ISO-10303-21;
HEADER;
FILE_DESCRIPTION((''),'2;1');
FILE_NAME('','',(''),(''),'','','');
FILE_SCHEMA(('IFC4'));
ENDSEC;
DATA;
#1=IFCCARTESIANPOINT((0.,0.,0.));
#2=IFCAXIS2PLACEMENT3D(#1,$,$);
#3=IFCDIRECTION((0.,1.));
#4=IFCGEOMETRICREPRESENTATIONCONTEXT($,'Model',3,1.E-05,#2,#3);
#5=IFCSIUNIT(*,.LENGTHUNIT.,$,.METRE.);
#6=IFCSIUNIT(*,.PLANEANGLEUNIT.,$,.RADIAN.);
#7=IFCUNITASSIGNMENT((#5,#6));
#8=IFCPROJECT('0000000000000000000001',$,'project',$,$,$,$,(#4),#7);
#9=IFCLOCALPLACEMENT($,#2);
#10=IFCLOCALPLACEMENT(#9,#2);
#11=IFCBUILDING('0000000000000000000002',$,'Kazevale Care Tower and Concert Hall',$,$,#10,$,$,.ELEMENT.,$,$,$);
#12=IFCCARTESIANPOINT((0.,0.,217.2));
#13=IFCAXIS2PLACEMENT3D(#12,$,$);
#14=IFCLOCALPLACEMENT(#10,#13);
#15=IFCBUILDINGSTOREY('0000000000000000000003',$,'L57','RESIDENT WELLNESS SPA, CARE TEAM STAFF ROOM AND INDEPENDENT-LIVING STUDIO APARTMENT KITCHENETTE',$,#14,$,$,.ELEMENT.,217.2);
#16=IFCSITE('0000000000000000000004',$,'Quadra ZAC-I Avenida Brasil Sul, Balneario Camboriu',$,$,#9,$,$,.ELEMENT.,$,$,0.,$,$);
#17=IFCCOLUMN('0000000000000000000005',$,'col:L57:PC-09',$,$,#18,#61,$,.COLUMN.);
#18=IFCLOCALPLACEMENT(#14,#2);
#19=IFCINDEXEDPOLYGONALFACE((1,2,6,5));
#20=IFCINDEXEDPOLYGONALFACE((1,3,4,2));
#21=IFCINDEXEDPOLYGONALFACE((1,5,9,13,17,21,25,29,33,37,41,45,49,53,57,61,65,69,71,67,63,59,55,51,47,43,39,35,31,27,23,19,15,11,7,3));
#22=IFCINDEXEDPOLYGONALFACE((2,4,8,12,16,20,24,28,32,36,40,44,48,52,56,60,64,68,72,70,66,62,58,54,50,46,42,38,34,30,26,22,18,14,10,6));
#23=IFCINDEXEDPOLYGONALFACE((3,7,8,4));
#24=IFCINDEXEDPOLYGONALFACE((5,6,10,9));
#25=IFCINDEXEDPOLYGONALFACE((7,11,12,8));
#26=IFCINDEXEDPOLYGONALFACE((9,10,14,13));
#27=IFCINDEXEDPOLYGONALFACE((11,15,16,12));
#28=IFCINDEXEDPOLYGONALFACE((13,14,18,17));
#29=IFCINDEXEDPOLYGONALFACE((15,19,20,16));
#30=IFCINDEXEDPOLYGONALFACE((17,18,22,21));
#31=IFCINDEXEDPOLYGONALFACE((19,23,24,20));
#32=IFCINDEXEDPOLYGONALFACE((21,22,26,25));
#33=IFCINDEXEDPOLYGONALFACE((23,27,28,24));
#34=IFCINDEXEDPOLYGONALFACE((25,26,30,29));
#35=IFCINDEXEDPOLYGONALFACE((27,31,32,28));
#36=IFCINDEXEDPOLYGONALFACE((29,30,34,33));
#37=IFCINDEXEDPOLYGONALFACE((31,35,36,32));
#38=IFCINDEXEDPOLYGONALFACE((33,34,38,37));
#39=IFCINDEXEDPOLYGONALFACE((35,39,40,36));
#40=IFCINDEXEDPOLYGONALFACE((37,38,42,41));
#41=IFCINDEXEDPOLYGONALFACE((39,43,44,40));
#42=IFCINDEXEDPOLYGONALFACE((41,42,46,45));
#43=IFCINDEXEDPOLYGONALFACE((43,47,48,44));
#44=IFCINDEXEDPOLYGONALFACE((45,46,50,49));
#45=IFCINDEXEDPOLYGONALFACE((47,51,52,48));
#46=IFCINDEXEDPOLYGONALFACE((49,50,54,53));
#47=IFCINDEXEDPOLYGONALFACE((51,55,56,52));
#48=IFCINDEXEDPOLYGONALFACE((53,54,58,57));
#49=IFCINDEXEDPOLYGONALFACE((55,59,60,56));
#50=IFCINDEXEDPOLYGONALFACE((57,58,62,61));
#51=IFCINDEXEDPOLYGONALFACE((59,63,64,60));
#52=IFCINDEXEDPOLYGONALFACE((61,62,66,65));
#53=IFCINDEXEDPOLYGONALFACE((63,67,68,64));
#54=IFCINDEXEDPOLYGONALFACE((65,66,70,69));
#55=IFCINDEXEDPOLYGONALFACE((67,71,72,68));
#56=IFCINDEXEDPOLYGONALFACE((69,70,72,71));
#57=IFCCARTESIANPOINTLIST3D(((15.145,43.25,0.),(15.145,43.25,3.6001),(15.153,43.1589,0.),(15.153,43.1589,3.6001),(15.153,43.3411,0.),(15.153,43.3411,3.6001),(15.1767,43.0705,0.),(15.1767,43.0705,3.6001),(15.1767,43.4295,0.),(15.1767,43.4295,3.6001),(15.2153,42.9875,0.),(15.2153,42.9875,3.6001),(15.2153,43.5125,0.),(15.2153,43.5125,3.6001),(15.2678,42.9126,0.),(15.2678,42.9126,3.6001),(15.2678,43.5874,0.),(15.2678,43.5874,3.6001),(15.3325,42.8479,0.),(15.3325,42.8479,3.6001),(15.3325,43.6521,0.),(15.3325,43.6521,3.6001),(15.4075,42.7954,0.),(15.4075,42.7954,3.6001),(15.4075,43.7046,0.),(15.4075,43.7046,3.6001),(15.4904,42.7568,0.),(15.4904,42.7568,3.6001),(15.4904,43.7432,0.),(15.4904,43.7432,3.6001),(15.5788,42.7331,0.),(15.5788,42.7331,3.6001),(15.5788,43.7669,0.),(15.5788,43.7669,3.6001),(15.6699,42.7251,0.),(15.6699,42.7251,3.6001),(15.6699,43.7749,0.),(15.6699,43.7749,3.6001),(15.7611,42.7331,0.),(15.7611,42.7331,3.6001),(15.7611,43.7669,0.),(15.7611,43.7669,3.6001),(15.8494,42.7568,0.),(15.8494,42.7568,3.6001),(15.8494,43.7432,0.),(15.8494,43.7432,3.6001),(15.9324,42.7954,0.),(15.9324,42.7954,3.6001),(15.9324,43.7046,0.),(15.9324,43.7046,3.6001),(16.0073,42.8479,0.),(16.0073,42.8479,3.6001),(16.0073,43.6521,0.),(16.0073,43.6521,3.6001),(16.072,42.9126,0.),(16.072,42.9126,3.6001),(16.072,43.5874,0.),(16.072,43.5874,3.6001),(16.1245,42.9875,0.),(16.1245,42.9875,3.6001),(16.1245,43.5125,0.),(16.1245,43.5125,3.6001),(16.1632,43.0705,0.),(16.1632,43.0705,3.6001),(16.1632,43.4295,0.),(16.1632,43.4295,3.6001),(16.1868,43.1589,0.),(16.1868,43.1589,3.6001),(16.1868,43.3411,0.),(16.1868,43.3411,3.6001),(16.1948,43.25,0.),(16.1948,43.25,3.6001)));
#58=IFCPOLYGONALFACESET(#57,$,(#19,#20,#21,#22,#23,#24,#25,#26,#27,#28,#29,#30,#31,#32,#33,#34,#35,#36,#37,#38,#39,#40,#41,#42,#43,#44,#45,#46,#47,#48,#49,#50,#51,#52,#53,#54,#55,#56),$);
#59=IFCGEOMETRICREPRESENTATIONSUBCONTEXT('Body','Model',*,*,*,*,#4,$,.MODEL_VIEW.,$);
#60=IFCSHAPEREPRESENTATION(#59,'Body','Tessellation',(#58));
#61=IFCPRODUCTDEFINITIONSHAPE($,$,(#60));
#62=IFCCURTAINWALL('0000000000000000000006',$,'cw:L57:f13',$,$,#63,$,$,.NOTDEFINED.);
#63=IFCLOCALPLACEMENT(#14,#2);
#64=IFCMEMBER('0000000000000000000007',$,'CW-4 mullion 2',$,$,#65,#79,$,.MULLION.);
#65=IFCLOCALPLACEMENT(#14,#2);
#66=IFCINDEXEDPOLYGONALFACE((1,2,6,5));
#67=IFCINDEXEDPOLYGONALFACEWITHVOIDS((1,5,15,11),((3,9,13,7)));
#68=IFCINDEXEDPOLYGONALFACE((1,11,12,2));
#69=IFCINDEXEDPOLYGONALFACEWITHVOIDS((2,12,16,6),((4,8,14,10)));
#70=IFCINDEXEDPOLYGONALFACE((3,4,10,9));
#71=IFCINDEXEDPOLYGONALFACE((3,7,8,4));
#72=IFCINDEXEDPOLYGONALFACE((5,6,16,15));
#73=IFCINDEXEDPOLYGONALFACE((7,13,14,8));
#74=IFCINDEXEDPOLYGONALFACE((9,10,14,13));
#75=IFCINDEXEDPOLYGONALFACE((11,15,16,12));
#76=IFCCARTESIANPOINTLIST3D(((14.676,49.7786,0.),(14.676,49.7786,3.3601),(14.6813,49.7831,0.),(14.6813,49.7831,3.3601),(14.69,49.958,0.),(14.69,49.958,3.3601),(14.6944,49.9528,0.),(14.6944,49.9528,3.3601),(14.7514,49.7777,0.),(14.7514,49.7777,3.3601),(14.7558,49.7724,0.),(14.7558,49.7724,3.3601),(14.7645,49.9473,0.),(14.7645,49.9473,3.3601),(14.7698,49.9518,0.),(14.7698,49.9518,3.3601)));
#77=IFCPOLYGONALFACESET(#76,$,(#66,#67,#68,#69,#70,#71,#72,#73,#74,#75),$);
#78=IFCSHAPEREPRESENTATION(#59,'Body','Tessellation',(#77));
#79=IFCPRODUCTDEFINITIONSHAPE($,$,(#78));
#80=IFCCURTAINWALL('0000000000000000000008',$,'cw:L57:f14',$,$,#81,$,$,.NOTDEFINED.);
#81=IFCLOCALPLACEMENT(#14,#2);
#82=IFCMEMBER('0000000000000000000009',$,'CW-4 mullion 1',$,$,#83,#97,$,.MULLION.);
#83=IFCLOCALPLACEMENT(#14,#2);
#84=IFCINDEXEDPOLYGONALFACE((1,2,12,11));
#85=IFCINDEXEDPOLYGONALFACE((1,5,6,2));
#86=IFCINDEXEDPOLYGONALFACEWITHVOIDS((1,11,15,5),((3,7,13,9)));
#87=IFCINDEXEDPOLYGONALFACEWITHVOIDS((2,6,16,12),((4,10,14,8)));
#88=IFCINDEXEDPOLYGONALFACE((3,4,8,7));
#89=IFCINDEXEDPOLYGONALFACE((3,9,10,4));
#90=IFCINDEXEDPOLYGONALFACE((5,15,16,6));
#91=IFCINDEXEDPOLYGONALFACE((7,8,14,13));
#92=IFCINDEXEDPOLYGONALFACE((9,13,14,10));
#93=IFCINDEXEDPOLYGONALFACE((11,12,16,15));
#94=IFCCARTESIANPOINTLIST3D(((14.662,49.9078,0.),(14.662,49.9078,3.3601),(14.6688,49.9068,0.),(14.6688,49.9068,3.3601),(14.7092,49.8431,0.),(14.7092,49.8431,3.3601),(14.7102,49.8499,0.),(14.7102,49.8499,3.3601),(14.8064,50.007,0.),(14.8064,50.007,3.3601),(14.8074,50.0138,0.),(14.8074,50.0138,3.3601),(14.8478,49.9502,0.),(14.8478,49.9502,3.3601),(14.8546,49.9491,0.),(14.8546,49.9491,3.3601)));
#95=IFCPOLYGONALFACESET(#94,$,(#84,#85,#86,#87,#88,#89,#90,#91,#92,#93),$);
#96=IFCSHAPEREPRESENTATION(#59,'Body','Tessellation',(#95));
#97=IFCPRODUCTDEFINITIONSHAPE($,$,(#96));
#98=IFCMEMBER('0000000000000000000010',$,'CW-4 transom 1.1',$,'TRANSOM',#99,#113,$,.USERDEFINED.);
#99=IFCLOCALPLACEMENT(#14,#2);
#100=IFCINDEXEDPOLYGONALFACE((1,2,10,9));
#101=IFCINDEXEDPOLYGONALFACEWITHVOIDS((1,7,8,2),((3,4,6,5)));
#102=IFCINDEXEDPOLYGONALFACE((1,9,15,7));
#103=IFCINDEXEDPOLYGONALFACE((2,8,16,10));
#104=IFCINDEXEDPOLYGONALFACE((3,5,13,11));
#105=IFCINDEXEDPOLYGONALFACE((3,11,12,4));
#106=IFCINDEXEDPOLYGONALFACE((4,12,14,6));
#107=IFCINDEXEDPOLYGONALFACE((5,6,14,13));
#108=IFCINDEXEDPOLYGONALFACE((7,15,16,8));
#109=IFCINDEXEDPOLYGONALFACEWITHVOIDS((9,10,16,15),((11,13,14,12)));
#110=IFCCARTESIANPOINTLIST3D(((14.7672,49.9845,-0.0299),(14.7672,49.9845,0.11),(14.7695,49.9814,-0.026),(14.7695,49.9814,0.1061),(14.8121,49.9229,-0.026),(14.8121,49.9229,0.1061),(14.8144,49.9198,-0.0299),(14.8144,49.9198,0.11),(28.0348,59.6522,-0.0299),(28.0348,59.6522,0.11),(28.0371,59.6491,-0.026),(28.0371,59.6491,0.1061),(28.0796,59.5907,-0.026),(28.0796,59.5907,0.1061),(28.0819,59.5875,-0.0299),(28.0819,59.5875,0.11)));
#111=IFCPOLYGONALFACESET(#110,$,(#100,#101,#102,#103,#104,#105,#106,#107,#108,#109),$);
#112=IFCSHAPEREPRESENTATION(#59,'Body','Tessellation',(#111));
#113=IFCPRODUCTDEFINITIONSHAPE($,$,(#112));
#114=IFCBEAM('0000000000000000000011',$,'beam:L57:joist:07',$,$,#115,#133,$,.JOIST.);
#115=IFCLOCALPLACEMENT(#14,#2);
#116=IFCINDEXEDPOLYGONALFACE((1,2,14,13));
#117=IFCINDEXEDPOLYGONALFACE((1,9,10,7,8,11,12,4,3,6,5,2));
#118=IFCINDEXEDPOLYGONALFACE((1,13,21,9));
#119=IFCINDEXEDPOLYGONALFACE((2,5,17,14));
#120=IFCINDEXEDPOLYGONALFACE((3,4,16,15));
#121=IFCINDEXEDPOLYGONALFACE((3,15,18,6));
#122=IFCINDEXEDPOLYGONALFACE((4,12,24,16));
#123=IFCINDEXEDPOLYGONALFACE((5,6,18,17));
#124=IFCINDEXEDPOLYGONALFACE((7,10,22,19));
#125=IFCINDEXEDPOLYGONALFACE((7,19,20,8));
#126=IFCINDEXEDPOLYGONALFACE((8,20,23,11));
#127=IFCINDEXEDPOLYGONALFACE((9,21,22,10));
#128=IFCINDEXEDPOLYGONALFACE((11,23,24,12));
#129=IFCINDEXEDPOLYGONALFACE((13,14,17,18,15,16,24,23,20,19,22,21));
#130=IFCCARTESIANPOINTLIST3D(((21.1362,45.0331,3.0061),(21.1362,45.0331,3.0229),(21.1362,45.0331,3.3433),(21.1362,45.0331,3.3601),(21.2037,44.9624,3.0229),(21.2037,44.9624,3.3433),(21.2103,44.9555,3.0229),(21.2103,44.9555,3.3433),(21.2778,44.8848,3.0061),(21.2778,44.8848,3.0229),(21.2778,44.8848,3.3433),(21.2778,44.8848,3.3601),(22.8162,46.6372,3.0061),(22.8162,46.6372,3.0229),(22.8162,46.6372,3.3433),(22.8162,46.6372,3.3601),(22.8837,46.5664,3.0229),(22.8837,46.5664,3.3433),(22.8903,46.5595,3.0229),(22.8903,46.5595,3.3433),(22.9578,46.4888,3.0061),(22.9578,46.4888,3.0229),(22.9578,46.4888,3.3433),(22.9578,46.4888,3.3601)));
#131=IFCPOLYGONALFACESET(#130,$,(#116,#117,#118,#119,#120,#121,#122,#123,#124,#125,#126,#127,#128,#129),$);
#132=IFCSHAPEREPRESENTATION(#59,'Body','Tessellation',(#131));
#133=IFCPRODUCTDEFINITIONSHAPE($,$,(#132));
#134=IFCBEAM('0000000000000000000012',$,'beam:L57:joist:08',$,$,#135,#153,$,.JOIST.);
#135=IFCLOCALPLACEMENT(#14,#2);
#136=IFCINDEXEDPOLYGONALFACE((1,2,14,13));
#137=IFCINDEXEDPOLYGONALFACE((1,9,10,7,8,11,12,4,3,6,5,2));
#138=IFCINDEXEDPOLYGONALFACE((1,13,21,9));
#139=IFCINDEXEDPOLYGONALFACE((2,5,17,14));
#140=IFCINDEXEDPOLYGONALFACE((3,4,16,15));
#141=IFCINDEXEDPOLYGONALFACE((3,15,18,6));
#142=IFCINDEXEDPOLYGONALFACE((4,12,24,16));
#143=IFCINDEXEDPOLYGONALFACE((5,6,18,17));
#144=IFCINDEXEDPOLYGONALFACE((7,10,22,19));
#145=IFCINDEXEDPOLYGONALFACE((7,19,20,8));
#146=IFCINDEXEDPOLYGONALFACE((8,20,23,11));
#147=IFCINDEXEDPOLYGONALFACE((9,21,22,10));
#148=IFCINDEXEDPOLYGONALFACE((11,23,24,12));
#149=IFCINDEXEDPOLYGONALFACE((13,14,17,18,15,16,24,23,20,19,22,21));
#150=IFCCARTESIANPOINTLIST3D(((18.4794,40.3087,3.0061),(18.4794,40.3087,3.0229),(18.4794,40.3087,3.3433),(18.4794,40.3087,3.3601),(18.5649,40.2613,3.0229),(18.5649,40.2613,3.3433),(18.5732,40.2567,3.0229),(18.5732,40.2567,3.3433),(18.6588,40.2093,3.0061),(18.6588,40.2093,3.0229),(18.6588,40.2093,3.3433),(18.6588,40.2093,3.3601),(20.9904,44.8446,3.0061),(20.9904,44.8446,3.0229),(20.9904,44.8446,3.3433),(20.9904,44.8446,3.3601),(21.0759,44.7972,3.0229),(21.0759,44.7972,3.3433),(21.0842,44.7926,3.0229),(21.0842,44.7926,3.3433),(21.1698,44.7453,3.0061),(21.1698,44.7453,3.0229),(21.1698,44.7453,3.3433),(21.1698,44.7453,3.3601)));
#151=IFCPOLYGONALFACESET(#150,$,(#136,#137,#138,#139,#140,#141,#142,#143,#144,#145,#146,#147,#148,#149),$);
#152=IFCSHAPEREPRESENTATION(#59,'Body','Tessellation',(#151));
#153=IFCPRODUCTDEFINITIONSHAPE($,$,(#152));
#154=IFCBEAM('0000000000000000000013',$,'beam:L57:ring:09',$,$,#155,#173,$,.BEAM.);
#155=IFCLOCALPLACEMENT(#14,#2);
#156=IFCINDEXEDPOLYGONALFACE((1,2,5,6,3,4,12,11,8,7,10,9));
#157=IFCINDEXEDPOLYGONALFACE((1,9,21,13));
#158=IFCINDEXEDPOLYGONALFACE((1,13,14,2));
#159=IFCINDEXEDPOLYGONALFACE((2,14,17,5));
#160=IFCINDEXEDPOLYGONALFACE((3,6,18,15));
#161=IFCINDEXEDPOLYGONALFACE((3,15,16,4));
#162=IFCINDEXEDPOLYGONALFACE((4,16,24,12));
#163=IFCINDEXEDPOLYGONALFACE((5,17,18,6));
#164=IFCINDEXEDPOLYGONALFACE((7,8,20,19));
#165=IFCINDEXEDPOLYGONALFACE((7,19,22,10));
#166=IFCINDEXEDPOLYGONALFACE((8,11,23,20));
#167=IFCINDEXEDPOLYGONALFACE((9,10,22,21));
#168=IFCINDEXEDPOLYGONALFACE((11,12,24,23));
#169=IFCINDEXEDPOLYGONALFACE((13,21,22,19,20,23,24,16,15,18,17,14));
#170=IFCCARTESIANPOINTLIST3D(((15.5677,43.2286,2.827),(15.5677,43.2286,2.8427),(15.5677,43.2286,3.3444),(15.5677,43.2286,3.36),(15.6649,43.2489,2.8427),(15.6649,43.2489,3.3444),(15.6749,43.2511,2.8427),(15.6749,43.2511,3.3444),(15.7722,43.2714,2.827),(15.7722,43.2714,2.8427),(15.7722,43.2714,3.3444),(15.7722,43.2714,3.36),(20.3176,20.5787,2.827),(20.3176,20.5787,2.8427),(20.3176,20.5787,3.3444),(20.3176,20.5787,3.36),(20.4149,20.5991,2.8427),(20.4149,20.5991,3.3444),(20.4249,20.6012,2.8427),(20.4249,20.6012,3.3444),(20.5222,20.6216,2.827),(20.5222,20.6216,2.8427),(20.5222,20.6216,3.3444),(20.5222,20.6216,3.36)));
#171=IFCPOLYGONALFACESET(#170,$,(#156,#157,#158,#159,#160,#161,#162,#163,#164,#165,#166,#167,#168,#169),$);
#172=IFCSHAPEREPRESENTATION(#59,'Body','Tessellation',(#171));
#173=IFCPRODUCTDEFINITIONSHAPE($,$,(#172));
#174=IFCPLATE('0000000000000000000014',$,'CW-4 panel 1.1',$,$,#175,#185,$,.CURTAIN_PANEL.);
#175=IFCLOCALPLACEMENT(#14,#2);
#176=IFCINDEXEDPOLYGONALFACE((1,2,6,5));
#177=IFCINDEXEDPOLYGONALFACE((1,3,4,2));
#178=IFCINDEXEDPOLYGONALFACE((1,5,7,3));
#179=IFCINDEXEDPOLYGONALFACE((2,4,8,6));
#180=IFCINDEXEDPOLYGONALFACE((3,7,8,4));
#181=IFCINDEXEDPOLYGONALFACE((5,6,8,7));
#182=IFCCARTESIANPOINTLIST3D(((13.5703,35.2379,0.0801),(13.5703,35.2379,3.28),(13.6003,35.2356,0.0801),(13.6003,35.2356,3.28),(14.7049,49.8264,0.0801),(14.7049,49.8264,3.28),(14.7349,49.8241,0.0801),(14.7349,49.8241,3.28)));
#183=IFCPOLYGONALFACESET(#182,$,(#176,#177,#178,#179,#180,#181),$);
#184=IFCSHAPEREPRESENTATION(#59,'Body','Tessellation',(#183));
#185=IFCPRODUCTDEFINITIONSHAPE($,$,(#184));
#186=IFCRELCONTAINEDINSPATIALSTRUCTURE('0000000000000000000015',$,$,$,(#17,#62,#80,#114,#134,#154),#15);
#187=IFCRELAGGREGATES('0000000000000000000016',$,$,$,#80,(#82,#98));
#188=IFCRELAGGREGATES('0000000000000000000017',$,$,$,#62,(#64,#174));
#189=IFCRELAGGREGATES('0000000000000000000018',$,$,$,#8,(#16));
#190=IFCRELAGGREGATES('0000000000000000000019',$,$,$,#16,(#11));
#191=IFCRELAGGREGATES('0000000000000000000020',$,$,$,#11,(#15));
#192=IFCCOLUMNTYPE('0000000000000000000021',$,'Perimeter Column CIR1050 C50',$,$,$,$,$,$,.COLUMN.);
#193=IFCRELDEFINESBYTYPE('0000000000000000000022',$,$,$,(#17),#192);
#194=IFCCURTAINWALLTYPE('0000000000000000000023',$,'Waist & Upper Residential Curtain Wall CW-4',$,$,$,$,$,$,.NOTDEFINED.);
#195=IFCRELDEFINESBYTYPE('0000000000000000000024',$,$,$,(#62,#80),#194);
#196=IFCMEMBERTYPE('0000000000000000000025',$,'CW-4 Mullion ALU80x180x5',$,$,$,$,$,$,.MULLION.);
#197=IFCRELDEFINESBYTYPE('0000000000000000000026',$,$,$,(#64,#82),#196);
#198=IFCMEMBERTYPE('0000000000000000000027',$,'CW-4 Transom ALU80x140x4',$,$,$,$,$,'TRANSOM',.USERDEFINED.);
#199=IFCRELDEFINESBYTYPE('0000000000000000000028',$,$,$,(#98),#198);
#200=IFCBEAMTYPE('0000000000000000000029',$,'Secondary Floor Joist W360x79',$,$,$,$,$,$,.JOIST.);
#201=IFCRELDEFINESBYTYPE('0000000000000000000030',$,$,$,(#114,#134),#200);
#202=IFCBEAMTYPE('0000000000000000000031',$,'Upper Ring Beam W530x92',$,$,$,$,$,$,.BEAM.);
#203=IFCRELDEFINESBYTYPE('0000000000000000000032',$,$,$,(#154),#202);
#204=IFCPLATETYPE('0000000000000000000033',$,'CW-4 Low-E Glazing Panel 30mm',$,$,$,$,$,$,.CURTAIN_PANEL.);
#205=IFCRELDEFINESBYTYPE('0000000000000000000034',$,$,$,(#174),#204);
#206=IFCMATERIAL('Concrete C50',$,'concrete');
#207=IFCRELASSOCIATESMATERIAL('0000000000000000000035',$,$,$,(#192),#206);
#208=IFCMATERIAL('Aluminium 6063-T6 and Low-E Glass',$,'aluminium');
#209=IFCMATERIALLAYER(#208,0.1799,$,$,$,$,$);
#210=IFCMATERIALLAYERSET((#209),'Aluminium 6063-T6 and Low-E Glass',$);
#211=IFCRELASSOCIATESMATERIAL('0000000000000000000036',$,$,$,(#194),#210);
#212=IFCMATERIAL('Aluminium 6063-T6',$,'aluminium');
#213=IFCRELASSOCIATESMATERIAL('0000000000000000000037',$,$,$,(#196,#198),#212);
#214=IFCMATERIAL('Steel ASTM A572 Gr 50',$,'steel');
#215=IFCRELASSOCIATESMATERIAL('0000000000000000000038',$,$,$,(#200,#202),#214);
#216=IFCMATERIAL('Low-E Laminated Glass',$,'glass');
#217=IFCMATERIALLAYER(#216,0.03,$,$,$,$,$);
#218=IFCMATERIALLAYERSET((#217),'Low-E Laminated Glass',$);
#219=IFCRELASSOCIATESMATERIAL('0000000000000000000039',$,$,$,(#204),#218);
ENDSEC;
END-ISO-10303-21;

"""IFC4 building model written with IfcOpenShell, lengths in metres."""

from ifc_helpers import new_model, si_unit, direction, frame, origin, origin_2d, place, context, subcontext, project, spatial, rectangle, hollow_rectangle, circle, i_section, extrude, material, layer, layer_set, material_profile, profile_set, type_object, element, aggregate, save


model = new_model("IFC4")

# Units and contexts
model_context = context("Model", 3, precision=1e-05, world=origin(), true_north=direction((0.0, 1.0)))
body_context = subcontext(model_context, "Body", "Model", "MODEL_VIEW")
ifc_project = project(units=[si_unit("LENGTHUNIT", "METRE"), si_unit("PLANEANGLEUNIT", "RADIAN")], contexts=[model_context])

# Site, building, storey
site_placement = place(None, origin())
site = spatial("IfcSite", under=ifc_project, at=site_placement, Name="Quadra ZAC-I Avenida Brasil Sul, Balneario Camboriu", CompositionType="ELEMENT", RefElevation=0.0)
building_placement = place(site_placement, origin())
building = spatial("IfcBuilding", under=site, at=building_placement, Name="Kazevale Care Tower and Concert Hall", CompositionType="ELEMENT")
storey_placement = place(building_placement, frame((0.0, 0.0, 217.2)))
storey = spatial("IfcBuildingStorey", under=building, at=storey_placement, Name="L57", Description="RESIDENT WELLNESS SPA, CARE TEAM STAFF ROOM AND INDEPENDENT-LIVING STUDIO APARTMENT KITCHENETTE", CompositionType="ELEMENT", Elevation=217.2)

# Column
ifc_material_1 = material(Name="Concrete C50", Category="concrete")
ifc_material_profile_1 = material_profile(ifc_material_1, circle(Radius=0.5249, at=origin_2d()), Name="RC-CIR1050")
ifc_profile_set_1 = profile_set([ifc_material_profile_1], Name="Concrete C50")
column_type = type_object("IfcColumnType", Name="Perimeter Column CIR1050 C50", PredefinedType="COLUMN", material=ifc_profile_set_1)
column_placement = place(storey_placement, frame((15.6699, 43.25, 0.0), z_axis=(0.0, 0.0, 1.0), x_axis=(1.0, 0.0, 0.0)))
element("IfcColumn", 1, at=column_placement, inside=storey, type_object=column_type, Name="col:L57:PC-09", PredefinedType="COLUMN", context=body_context, shape_type="SweptSolid", body=[
    extrude(circle(Radius=0.5249, at=origin_2d()), origin(), (0.0, 0.0, 1.0), 3.6001),
])

# Curtain wall, member
ifc_material_2 = material(Name="Aluminium 6063-T6 and Low-E Glass", Category="aluminium")
ifc_layer_1 = layer(ifc_material_2, 0.1799)
ifc_layer_set_1 = layer_set([ifc_layer_1], Name="Aluminium 6063-T6 and Low-E Glass")
curtain_wall_type = type_object("IfcCurtainWallType", Name="Waist & Upper Residential Curtain Wall CW-4", PredefinedType="NOTDEFINED", material=ifc_layer_set_1)
curtain_wall_1_placement = place(storey_placement, origin())
curtain_wall_1 = element("IfcCurtainWall", 2, at=curtain_wall_1_placement, inside=storey, type_object=curtain_wall_type, Name="cw:L57:f13", PredefinedType="NOTDEFINED")
ifc_material_3 = material(Name="Aluminium 6063-T6", Category="aluminium")
ifc_material_profile_2 = material_profile(ifc_material_3, hollow_rectangle(XDim=0.0801, YDim=0.1799, WallThickness=0.0049, at=origin_2d()), Name="ALU80x180x5")
ifc_profile_set_2 = profile_set([ifc_material_profile_2], Name="Aluminium 6063-T6")
member_type_1 = type_object("IfcMemberType", Name="CW-4 Mullion ALU80x180x5", PredefinedType="MULLION", material=ifc_profile_set_2)
member_1_placement = place(storey_placement, frame((14.7229, 49.8652, 0.0), z_axis=(0.0, 0.0, 1.0), x_axis=(-0.996989, 0.077539, 0.0)))
member_1 = element("IfcMember", 3, at=member_1_placement, type_object=member_type_1, Name="CW-4 mullion 2", PredefinedType="MULLION", context=body_context, shape_type="SweptSolid", body=[
    extrude(hollow_rectangle(XDim=0.0801, YDim=0.1799, WallThickness=0.0049, at=origin_2d()), origin(), (0.0, 0.0, 1.0), 3.3601),
])

# Curtain wall, members
curtain_wall_2_placement = place(storey_placement, origin())
curtain_wall_2 = element("IfcCurtainWall", 4, at=curtain_wall_2_placement, inside=storey, type_object=curtain_wall_type, Name="cw:L57:f14", PredefinedType="NOTDEFINED")
member_2_placement = place(storey_placement, frame((14.7583, 49.9285, 0.0), z_axis=(0.0, 0.0, 1.0), x_axis=(-0.58891, 0.808198, 0.0)))
member_2 = element("IfcMember", 5, at=member_2_placement, type_object=member_type_1, Name="CW-4 mullion 1", PredefinedType="MULLION", context=body_context, shape_type="SweptSolid", body=[
    extrude(hollow_rectangle(XDim=0.0801, YDim=0.1799, WallThickness=0.0049, at=origin_2d()), origin(), (0.0, 0.0, 1.0), 3.3601),
])
ifc_material_profile_3 = material_profile(ifc_material_3, hollow_rectangle(XDim=0.0801, YDim=0.1399, WallThickness=0.0039, at=origin_2d()), Name="ALU80x140x4")
ifc_profile_set_3 = profile_set([ifc_material_profile_3], Name="Aluminium 6063-T6")
member_type_2 = type_object("IfcMemberType", Name="CW-4 Transom ALU80x140x4", ElementType="TRANSOM", PredefinedType="USERDEFINED", material=ifc_profile_set_3)
member_3_placement = place(storey_placement, frame((14.7908, 49.9521, 0.04), z_axis=(0.808197, 0.588912, 0.0), x_axis=(-0.588912, 0.808197, 0.0)))
member_3 = element("IfcMember", 6, at=member_3_placement, type_object=member_type_2, Name="CW-4 transom 1.1", ObjectType="TRANSOM", PredefinedType="USERDEFINED", context=body_context, shape_type="SweptSolid", body=[
    extrude(hollow_rectangle(XDim=0.0801, YDim=0.1399, WallThickness=0.0039, at=origin_2d()), origin(), (0.0, 0.0, 1.0), 16.4163),
])
aggregate(curtain_wall_2, [member_2, member_3])

# Beams
ifc_material_4 = material(Name="Steel ASTM A572 Gr 50", Category="steel")
ifc_material_profile_4 = material_profile(ifc_material_4, i_section(OverallWidth=0.2051, OverallDepth=0.354, WebThickness=0.0095, FlangeThickness=0.0168, at=origin_2d()), Name="W360x79")
ifc_profile_set_4 = profile_set([ifc_material_profile_4], Name="Steel ASTM A572 Gr 50")
beam_type_1 = type_object("IfcBeamType", Name="Secondary Floor Joist W360x79", PredefinedType="JOIST", material=ifc_profile_set_4)
beam_1_placement = place(storey_placement, frame((22.887, 46.563, 3.1831), z_axis=(-0.723262, -0.690573, 0.0), x_axis=(0.690573, -0.723262, 0.0)))
element("IfcBeam", 7, at=beam_1_placement, inside=storey, type_object=beam_type_1, Name="beam:L57:joist:07", PredefinedType="JOIST", context=body_context, shape_type="SweptSolid", body=[
    extrude(i_section(OverallWidth=0.2051, OverallDepth=0.354, WebThickness=0.0095, FlangeThickness=0.0168, at=origin_2d()), origin(), (0.0, 0.0, 1.0), 2.3228),
])
beam_2_placement = place(storey_placement, frame((21.0801, 44.7949, 3.1831), z_axis=(-0.484323, -0.874889, 0.0), x_axis=(0.874889, -0.484323, 0.0)))
element("IfcBeam", 8, at=beam_2_placement, inside=storey, type_object=beam_type_1, Name="beam:L57:joist:08", PredefinedType="JOIST", context=body_context, shape_type="SweptSolid", body=[
    extrude(i_section(OverallWidth=0.2051, OverallDepth=0.354, WebThickness=0.0095, FlangeThickness=0.0168, at=origin_2d()), origin(), (0.0, 0.0, 1.0), 5.1846),
])
ifc_material_profile_5 = material_profile(ifc_material_4, i_section(OverallWidth=0.209, OverallDepth=0.533, WebThickness=0.0103, FlangeThickness=0.0156, at=origin_2d()), Name="W530x92")
ifc_profile_set_5 = profile_set([ifc_material_profile_5], Name="Steel ASTM A572 Gr 50")
beam_type_2 = type_object("IfcBeamType", Name="Upper Ring Beam W530x92", PredefinedType="BEAM", material=ifc_profile_set_5)
beam_3_placement = place(storey_placement, frame((15.6699, 43.25, 3.0935), z_axis=(0.205249, -0.97871, 0.0), x_axis=(0.97871, 0.205249, 0.0)))
element("IfcBeam", 9, at=beam_3_placement, inside=storey, type_object=beam_type_2, Name="beam:L57:ring:09", PredefinedType="BEAM", context=body_context, shape_type="SweptSolid", body=[
    extrude(i_section(OverallWidth=0.209, OverallDepth=0.533, WebThickness=0.0103, FlangeThickness=0.0156, at=origin_2d()), origin(), (0.0, 0.0, 1.0), 23.1426),
])

# Plate
ifc_material_5 = material(Name="Low-E Laminated Glass", Category="glass")
ifc_layer_2 = layer(ifc_material_5, 0.03)
ifc_layer_set_2 = layer_set([ifc_layer_2], Name="Low-E Laminated Glass")
plate_type = type_object("IfcPlateType", Name="CW-4 Low-E Glazing Panel 30mm", PredefinedType="CURTAIN_PANEL", material=ifc_layer_set_2)
plate_placement = place(storey_placement, frame((14.1526, 42.531, 0.0801), z_axis=(0.0, 0.0, 1.0), x_axis=(0.077539, 0.996989, 0.0)))
plate = element("IfcPlate", 10, at=plate_placement, type_object=plate_type, Name="CW-4 panel 1.1", PredefinedType="CURTAIN_PANEL", context=body_context, shape_type="SweptSolid", body=[
    extrude(rectangle(XDim=14.6326, YDim=0.03, at=origin_2d()), origin(), (0.0, 0.0, 1.0), 3.2),
])
aggregate(curtain_wall_1, [member_1, plate])

save(model, "model.ifc")
